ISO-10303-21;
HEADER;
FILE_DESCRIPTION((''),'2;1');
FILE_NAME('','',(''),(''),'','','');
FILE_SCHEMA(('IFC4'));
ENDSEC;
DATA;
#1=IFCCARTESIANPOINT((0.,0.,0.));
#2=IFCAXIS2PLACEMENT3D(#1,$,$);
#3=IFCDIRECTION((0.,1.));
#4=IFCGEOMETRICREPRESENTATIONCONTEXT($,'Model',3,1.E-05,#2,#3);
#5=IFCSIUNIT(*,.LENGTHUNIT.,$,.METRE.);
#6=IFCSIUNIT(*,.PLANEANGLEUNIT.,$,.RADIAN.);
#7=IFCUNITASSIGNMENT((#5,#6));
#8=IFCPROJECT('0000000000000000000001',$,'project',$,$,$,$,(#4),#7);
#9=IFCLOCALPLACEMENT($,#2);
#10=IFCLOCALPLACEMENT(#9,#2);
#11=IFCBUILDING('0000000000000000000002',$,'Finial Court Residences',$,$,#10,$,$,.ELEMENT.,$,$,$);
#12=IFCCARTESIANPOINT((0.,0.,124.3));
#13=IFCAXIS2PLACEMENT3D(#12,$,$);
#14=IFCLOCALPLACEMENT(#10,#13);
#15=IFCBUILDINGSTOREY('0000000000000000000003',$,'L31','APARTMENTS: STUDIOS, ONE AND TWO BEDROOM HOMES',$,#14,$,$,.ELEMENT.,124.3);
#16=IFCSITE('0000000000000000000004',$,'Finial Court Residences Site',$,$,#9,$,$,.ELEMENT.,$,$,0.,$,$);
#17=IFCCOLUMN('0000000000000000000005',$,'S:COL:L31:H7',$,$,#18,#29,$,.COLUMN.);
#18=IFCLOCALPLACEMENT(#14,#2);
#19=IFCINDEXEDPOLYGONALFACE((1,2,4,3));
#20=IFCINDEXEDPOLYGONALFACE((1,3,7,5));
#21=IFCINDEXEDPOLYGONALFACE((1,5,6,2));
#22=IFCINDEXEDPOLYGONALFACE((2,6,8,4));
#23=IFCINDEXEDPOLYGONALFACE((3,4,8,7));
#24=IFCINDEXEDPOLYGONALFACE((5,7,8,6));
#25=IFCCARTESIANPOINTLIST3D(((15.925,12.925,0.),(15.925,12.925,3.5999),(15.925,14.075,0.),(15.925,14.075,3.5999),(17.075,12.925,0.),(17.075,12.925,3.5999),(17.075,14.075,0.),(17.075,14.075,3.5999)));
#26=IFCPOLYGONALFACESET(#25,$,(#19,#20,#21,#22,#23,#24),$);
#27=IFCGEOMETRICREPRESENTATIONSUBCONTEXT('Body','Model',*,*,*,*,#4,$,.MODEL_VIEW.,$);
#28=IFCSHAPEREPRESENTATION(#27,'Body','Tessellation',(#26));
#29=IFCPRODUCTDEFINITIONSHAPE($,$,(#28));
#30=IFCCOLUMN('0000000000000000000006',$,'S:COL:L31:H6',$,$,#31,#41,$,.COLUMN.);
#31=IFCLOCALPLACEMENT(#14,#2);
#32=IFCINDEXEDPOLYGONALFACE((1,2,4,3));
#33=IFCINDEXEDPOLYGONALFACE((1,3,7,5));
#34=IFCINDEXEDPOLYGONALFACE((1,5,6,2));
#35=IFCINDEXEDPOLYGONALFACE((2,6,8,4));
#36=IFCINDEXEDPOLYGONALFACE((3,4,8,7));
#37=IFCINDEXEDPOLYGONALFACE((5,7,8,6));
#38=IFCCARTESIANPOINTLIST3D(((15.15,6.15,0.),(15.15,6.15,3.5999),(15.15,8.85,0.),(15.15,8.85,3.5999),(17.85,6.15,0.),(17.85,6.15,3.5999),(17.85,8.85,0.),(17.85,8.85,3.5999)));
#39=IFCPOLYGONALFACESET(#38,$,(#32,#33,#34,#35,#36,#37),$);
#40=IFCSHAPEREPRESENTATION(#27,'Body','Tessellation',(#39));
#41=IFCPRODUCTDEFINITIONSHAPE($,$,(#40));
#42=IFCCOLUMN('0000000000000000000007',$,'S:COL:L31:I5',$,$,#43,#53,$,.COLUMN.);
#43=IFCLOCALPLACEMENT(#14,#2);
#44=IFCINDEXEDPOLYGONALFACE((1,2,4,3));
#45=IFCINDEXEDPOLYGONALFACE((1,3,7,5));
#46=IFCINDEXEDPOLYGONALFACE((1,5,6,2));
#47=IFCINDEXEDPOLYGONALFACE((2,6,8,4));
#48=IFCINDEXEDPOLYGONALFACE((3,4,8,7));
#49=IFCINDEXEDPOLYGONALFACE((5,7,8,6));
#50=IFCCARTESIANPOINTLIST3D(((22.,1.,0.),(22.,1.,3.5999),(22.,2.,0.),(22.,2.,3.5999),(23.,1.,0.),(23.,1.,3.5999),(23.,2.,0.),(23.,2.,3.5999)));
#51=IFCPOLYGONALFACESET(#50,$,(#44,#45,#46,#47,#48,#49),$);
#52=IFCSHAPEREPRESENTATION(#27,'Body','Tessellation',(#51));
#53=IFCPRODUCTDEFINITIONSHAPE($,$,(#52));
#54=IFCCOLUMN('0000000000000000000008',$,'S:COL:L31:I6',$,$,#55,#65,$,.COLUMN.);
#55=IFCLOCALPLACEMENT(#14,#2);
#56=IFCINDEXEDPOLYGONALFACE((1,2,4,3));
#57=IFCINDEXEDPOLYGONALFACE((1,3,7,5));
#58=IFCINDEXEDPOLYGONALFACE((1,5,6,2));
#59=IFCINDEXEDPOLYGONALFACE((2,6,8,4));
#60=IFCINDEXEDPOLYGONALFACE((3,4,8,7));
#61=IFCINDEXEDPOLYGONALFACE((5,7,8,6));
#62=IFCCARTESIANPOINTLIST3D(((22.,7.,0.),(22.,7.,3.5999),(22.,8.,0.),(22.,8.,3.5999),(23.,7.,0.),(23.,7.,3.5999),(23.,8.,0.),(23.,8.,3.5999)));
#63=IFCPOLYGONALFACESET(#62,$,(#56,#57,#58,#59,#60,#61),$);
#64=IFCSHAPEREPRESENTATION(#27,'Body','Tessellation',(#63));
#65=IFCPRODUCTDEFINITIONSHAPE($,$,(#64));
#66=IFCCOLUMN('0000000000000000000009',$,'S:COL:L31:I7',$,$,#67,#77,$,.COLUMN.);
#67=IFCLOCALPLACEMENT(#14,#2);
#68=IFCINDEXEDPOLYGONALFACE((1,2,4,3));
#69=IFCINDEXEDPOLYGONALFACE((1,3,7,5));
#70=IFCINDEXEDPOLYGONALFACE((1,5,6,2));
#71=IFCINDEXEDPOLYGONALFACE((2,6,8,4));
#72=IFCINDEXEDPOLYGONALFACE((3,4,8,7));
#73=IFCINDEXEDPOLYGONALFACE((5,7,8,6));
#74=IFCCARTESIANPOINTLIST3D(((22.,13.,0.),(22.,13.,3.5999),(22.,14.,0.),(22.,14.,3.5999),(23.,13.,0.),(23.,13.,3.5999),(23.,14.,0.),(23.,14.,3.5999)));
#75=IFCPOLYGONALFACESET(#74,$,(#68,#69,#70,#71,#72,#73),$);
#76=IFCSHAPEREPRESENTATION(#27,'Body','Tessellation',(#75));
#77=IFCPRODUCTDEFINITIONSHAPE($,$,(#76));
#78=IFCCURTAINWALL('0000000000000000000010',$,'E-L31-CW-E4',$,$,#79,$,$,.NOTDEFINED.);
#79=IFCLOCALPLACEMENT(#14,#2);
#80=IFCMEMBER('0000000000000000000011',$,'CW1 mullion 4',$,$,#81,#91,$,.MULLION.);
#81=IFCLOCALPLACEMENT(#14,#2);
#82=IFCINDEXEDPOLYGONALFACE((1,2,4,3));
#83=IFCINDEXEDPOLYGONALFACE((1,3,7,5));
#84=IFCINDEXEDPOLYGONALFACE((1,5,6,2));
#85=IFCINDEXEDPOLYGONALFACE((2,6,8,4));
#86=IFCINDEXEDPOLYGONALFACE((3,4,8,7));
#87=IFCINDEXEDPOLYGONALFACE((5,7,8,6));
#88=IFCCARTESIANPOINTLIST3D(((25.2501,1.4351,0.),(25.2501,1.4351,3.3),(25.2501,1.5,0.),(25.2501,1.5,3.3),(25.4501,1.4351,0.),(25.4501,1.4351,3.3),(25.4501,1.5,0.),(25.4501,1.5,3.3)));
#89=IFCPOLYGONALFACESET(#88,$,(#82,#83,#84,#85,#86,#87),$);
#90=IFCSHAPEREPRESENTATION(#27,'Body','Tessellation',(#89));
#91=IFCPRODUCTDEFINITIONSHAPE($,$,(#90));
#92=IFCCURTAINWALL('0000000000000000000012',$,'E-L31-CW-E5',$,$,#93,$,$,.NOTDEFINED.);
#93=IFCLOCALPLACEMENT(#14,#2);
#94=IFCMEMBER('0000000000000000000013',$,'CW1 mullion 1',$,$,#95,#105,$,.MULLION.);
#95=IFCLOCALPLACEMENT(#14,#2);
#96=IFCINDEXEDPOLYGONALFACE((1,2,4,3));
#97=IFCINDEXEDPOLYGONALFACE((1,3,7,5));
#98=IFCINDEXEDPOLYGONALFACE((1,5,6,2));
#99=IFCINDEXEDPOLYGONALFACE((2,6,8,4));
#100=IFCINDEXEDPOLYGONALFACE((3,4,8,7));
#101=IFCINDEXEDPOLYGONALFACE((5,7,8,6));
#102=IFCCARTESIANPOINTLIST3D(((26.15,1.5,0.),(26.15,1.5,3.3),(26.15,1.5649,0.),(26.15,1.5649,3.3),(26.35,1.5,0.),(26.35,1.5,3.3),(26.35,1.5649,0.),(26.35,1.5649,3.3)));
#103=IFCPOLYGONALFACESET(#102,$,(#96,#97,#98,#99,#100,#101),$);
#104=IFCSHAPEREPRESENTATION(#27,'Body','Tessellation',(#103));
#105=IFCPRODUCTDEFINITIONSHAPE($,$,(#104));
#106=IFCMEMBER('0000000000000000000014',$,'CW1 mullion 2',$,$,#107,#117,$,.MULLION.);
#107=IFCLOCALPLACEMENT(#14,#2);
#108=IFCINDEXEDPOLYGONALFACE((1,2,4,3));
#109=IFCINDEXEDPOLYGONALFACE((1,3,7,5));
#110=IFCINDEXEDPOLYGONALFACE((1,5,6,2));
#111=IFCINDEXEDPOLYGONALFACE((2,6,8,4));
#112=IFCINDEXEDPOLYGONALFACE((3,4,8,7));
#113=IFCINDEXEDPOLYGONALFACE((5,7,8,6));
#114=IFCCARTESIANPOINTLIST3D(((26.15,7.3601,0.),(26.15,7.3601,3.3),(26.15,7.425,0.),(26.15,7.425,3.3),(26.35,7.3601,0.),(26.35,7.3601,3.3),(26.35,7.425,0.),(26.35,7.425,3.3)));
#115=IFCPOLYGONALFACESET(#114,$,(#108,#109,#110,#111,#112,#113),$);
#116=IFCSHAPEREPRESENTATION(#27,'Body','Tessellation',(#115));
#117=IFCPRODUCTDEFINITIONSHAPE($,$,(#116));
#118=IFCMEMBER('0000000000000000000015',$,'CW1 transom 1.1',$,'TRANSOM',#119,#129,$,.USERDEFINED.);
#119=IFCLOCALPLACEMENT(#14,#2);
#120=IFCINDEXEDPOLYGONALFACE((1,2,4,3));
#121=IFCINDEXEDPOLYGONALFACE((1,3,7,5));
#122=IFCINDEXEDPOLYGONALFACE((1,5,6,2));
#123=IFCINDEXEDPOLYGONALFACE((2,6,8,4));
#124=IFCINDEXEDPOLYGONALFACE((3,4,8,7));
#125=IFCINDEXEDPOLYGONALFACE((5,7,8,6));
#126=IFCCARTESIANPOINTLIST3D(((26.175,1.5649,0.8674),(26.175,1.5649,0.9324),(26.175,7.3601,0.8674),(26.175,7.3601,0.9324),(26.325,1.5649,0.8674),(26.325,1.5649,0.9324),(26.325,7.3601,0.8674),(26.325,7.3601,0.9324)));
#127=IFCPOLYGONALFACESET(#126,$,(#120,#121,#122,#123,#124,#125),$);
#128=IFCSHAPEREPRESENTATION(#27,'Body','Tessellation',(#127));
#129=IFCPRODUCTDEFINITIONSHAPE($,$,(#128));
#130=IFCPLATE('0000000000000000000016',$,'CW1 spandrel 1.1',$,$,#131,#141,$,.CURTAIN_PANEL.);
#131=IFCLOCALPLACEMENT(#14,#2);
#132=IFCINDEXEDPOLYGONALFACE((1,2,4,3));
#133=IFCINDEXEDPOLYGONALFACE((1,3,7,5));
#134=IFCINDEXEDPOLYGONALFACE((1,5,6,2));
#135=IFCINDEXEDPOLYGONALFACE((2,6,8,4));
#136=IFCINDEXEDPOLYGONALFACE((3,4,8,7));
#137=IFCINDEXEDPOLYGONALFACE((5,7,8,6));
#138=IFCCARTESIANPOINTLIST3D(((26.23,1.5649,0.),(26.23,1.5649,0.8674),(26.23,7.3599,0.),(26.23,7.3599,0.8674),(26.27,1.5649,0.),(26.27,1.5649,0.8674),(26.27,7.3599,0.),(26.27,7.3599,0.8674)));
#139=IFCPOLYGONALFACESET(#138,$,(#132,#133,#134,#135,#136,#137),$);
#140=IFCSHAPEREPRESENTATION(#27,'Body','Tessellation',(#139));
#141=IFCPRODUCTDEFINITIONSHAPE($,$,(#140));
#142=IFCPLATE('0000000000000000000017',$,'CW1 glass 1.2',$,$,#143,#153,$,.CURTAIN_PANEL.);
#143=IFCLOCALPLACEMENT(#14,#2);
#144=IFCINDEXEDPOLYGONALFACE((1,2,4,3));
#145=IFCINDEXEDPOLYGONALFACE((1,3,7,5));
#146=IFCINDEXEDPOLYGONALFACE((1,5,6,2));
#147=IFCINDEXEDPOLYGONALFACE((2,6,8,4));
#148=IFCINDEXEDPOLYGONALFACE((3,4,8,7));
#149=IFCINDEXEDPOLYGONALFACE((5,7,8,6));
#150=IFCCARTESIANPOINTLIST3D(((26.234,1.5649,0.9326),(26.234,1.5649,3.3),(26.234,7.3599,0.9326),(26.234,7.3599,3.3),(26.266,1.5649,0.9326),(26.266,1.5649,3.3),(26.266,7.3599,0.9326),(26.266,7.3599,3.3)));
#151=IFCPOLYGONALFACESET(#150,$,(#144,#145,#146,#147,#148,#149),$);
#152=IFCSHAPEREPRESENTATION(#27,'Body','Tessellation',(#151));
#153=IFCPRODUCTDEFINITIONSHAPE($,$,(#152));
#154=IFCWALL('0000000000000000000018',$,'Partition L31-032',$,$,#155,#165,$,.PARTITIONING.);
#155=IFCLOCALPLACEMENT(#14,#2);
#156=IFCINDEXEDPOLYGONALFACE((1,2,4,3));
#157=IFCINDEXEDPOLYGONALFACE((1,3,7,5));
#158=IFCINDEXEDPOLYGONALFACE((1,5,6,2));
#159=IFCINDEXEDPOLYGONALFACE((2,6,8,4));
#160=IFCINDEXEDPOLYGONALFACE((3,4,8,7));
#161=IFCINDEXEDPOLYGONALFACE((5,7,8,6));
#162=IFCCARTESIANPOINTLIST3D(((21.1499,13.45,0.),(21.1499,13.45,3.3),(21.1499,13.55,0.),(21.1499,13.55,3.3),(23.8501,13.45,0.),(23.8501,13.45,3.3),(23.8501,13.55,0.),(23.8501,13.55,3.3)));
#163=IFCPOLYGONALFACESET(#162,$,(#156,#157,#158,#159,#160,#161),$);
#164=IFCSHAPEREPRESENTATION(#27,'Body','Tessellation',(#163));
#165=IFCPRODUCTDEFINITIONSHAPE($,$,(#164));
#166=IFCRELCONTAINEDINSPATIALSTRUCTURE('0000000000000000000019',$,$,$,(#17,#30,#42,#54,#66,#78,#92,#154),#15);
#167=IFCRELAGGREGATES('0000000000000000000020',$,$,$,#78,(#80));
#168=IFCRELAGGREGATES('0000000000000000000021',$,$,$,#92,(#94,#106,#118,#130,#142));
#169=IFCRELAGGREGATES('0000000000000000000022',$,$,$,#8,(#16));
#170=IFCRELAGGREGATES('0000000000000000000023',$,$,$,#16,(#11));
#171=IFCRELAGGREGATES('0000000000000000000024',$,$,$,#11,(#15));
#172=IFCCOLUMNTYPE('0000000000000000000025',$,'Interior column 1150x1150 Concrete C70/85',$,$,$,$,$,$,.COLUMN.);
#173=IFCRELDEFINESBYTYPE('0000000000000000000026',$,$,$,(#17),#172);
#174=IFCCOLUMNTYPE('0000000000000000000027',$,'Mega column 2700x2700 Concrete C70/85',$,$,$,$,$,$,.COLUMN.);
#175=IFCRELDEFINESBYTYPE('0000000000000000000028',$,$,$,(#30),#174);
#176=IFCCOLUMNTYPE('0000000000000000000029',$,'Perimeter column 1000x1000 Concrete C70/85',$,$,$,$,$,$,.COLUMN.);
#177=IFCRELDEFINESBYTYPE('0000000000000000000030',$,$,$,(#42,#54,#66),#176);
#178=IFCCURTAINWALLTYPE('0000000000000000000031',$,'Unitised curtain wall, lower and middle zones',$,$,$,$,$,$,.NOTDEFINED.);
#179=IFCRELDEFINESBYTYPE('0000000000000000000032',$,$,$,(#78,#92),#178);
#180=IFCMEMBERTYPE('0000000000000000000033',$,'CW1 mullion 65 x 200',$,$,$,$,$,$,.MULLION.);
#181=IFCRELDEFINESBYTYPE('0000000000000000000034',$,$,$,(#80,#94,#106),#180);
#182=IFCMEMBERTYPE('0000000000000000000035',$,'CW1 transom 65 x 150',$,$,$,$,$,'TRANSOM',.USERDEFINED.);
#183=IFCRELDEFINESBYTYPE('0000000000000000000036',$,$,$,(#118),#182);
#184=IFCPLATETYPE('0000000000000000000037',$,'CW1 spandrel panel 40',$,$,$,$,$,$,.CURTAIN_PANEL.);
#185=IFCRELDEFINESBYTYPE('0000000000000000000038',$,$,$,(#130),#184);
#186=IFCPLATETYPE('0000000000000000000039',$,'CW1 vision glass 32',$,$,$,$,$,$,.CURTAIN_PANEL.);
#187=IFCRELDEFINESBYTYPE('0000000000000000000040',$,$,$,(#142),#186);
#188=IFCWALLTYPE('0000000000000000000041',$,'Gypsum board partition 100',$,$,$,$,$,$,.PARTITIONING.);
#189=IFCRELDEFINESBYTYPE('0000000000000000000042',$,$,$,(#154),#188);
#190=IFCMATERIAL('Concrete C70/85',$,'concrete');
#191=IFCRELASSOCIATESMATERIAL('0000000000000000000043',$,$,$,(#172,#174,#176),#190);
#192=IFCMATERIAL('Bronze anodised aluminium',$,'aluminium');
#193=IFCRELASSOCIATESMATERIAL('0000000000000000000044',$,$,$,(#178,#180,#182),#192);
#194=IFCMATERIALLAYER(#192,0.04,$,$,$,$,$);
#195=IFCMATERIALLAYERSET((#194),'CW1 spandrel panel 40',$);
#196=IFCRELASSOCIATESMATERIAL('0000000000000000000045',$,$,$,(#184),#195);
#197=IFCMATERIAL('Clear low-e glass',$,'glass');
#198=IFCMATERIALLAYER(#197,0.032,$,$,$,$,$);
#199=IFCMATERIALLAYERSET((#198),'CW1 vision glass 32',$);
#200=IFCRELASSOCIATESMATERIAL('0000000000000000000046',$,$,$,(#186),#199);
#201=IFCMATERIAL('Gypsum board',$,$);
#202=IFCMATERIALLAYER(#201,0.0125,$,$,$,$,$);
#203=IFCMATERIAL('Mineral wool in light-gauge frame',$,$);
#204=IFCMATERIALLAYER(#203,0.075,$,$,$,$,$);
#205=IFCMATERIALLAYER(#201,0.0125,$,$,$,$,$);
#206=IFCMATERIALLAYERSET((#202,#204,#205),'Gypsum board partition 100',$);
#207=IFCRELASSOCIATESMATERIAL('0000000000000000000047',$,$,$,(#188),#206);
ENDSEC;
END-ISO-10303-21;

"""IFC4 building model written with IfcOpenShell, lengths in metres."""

from ifc_helpers import new_model, si_unit, direction, frame, frame_2d, origin, origin_2d, place, context, subcontext, project, spatial, rectangle, extrude, material, layer, layer_set, material_profile, profile_set, type_object, element, aggregate, save


model = new_model("IFC4")

# Units and contexts
model_context = context("Model", 3, precision=1e-05, world=origin(), true_north=direction((0.0, 1.0)))
body_context = subcontext(model_context, "Body", "Model", "MODEL_VIEW")
ifc_project = project(units=[si_unit("LENGTHUNIT", "METRE"), si_unit("PLANEANGLEUNIT", "RADIAN")], contexts=[model_context])

# Site, building, storey
site_placement = place(None, origin())
site = spatial("IfcSite", under=ifc_project, at=site_placement, Name="Finial Court Residences Site", CompositionType="ELEMENT", RefElevation=0.0)
building_placement = place(site_placement, origin())
building = spatial("IfcBuilding", under=site, at=building_placement, Name="Finial Court Residences", CompositionType="ELEMENT")
storey_placement = place(building_placement, frame((0.0, 0.0, 124.3)))
storey = spatial("IfcBuildingStorey", under=building, at=storey_placement, Name="L31", Description="APARTMENTS: STUDIOS, ONE AND TWO BEDROOM HOMES", CompositionType="ELEMENT", Elevation=124.3)

# Columns
ifc_material_1 = material(Name="Concrete C70/85", Category="concrete")
ifc_material_profile_1 = material_profile(ifc_material_1, rectangle(XDim=1.1499, YDim=1.1499, at=origin_2d()), Name="1150x1150")
ifc_profile_set_1 = profile_set([ifc_material_profile_1], Name="Concrete C70/85")
column_type_1 = type_object("IfcColumnType", Name="Interior column 1150x1150 Concrete C70/85", PredefinedType="COLUMN", material=ifc_profile_set_1)
column_1_placement = place(storey_placement, frame((16.5, 13.5, 0.0), z_axis=(0.0, 0.0, 1.0), x_axis=(1.0, 0.0, 0.0)))
element("IfcColumn", 1, at=column_1_placement, inside=storey, type_object=column_type_1, Name="S:COL:L31:H7", PredefinedType="COLUMN", context=body_context, shape_type="SweptSolid", body=[
    extrude(rectangle(XDim=1.1499, YDim=1.1499, at=origin_2d()), origin(), (0.0, 0.0, 1.0), 3.5999),
])
ifc_material_profile_2 = material_profile(ifc_material_1, rectangle(XDim=2.7, YDim=2.7, at=origin_2d()), Name="2700x2700")
ifc_profile_set_2 = profile_set([ifc_material_profile_2], Name="Concrete C70/85")
column_type_2 = type_object("IfcColumnType", Name="Mega column 2700x2700 Concrete C70/85", PredefinedType="COLUMN", material=ifc_profile_set_2)
column_2_placement = place(storey_placement, frame((16.5, 7.5, 0.0), z_axis=(0.0, 0.0, 1.0), x_axis=(1.0, 0.0, 0.0)))
element("IfcColumn", 2, at=column_2_placement, inside=storey, type_object=column_type_2, Name="S:COL:L31:H6", PredefinedType="COLUMN", context=body_context, shape_type="SweptSolid", body=[
    extrude(rectangle(XDim=2.7, YDim=2.7, at=origin_2d()), origin(), (0.0, 0.0, 1.0), 3.5999),
])
ifc_material_profile_3 = material_profile(ifc_material_1, rectangle(XDim=1.0, YDim=1.0, at=origin_2d()), Name="1000x1000")
ifc_profile_set_3 = profile_set([ifc_material_profile_3], Name="Concrete C70/85")
column_type_3 = type_object("IfcColumnType", Name="Perimeter column 1000x1000 Concrete C70/85", PredefinedType="COLUMN", material=ifc_profile_set_3)
for number, where, z_axis, x_axis, name in (
    (3, (22.5, 1.5, 0.0), (0.0, 0.0, 1.0), (1.0, 0.0, 0.0), "S:COL:L31:I5"),
    (4, (22.5, 7.5, 0.0), (0.0, 0.0, 1.0), (1.0, 0.0, 0.0), "S:COL:L31:I6"),
    (5, (22.5, 13.5, 0.0), (0.0, 0.0, 1.0), (1.0, 0.0, 0.0), "S:COL:L31:I7"),
):
    element("IfcColumn", number, at=place(storey_placement, frame(where, z_axis=z_axis, x_axis=x_axis)), inside=storey, type_object=column_type_3, Name=name, PredefinedType="COLUMN", context=body_context, shape_type="SweptSolid", body=[
        extrude(rectangle(XDim=1.0, YDim=1.0, at=origin_2d()), origin(), (0.0, 0.0, 1.0), 3.5999),
    ])

# Curtain wall, member
ifc_material_2 = material(Name="Bronze anodised aluminium", Category="aluminium")
curtain_wall_type = type_object("IfcCurtainWallType", Name="Unitised curtain wall, lower and middle zones", PredefinedType="NOTDEFINED", material=ifc_material_2)
curtain_wall_1_placement = place(storey_placement, origin())
curtain_wall_1 = element("IfcCurtainWall", 6, at=curtain_wall_1_placement, inside=storey, type_object=curtain_wall_type, Name="E-L31-CW-E4", PredefinedType="NOTDEFINED")
ifc_material_profile_4 = material_profile(ifc_material_2, rectangle(XDim=0.2, YDim=0.0649, at=origin_2d()), Name="CW1 mullion 65 x 200")
ifc_profile_set_4 = profile_set([ifc_material_profile_4], Name="Bronze anodised aluminium")
member_type_1 = type_object("IfcMemberType", Name="CW1 mullion 65 x 200", PredefinedType="MULLION", material=ifc_profile_set_4)
member_1_placement = place(storey_placement, frame((25.3501, 1.4675, 0.0), z_axis=(0.0, 0.0, 1.0), x_axis=(-1.0, 0.0, 0.0)))
member_1 = element("IfcMember", 7, at=member_1_placement, type_object=member_type_1, Name="CW1 mullion 4", PredefinedType="MULLION", context=body_context, shape_type="SweptSolid", body=[
    extrude(rectangle(XDim=0.2, YDim=0.0649, at=origin_2d()), origin(), (0.0, 0.0, 1.0), 3.3),
])
aggregate(curtain_wall_1, [member_1])

# Curtain wall, members, plates
curtain_wall_2_placement = place(storey_placement, origin())
curtain_wall_2 = element("IfcCurtainWall", 8, at=curtain_wall_2_placement, inside=storey, type_object=curtain_wall_type, Name="E-L31-CW-E5", PredefinedType="NOTDEFINED")
member_2_placement = place(storey_placement, frame((26.25, 1.5325, 0.0), z_axis=(0.0, 0.0, 1.0), x_axis=(-1.0, 0.0, 0.0)))
member_2 = element("IfcMember", 9, at=member_2_placement, type_object=member_type_1, Name="CW1 mullion 1", PredefinedType="MULLION", context=body_context, shape_type="SweptSolid", body=[
    extrude(rectangle(XDim=0.2, YDim=0.0649, at=origin_2d()), origin(), (0.0, 0.0, 1.0), 3.3),
])
member_3_placement = place(storey_placement, frame((26.25, 7.3926, 0.0), z_axis=(0.0, 0.0, 1.0), x_axis=(-1.0, 0.0, 0.0)))
member_3 = element("IfcMember", 10, at=member_3_placement, type_object=member_type_1, Name="CW1 mullion 2", PredefinedType="MULLION", context=body_context, shape_type="SweptSolid", body=[
    extrude(rectangle(XDim=0.2, YDim=0.0649, at=origin_2d()), origin(), (0.0, 0.0, 1.0), 3.3),
])
ifc_material_profile_5 = material_profile(ifc_material_2, rectangle(XDim=0.1499, YDim=0.0649, at=origin_2d()), Name="CW1 transom 65 x 150")
ifc_profile_set_5 = profile_set([ifc_material_profile_5], Name="Bronze anodised aluminium")
member_type_2 = type_object("IfcMemberType", Name="CW1 transom 65 x 150", ElementType="TRANSOM", PredefinedType="USERDEFINED", material=ifc_profile_set_5)
member_4_placement = place(storey_placement, frame((26.25, 1.5649, 0.8999), z_axis=(0.0, 1.0, 0.0), x_axis=(-1.0, 0.0, 0.0)))
member_4 = element("IfcMember", 11, at=member_4_placement, type_object=member_type_2, Name="CW1 transom 1.1", ObjectType="TRANSOM", PredefinedType="USERDEFINED", context=body_context, shape_type="SweptSolid", body=[
    extrude(rectangle(XDim=0.1499, YDim=0.0649, at=origin_2d()), origin(), (0.0, 0.0, 1.0), 5.7952),
])
ifc_layer_1 = layer(ifc_material_2, 0.04)
ifc_layer_set_1 = layer_set([ifc_layer_1], Name="CW1 spandrel panel 40")
plate_type_1 = type_object("IfcPlateType", Name="CW1 spandrel panel 40", PredefinedType="CURTAIN_PANEL", material=ifc_layer_set_1)
plate_1_placement = place(storey_placement, frame((26.25, 4.4624, 0.0), z_axis=(0.0, 0.0, 1.0), x_axis=(0.0, 1.0, 0.0)))
plate_1 = element("IfcPlate", 12, at=plate_1_placement, type_object=plate_type_1, Name="CW1 spandrel 1.1", PredefinedType="CURTAIN_PANEL", context=body_context, shape_type="SweptSolid", body=[
    extrude(rectangle(XDim=5.7949, YDim=0.04, at=origin_2d()), origin(), (0.0, 0.0, 1.0), 0.8674),
])
ifc_material_3 = material(Name="Clear low-e glass", Category="glass")
ifc_layer_2 = layer(ifc_material_3, 0.032)
ifc_layer_set_2 = layer_set([ifc_layer_2], Name="CW1 vision glass 32")
plate_type_2 = type_object("IfcPlateType", Name="CW1 vision glass 32", PredefinedType="CURTAIN_PANEL", material=ifc_layer_set_2)
plate_2_placement = place(storey_placement, frame((26.25, 4.4624, 0.9326), z_axis=(0.0, 0.0, 1.0), x_axis=(0.0, 1.0, 0.0)))
plate_2 = element("IfcPlate", 13, at=plate_2_placement, type_object=plate_type_2, Name="CW1 glass 1.2", PredefinedType="CURTAIN_PANEL", context=body_context, shape_type="SweptSolid", body=[
    extrude(rectangle(XDim=5.7949, YDim=0.032, at=origin_2d()), origin(), (0.0, 0.0, 1.0), 2.3674),
])
aggregate(curtain_wall_2, [member_2, member_3, member_4, plate_1, plate_2])

# Wall
ifc_material_4 = material(Name="Gypsum board")
ifc_layer_3 = layer(ifc_material_4, 0.0125)
ifc_material_5 = material(Name="Mineral wool in light-gauge frame")
ifc_layer_4 = layer(ifc_material_5, 0.075)
ifc_layer_5 = layer(ifc_material_4, 0.0125)
ifc_layer_set_3 = layer_set([ifc_layer_3, ifc_layer_4, ifc_layer_5], Name="Gypsum board partition 100")
wall_type_1 = type_object("IfcWallType", Name="Gypsum board partition 100", PredefinedType="PARTITIONING", material=ifc_layer_set_3)
wall_1_placement = place(storey_placement, frame((21.1499, 13.5, 0.0), z_axis=(0.0, 0.0, 1.0), x_axis=(1.0, 0.0, 0.0)))
element("IfcWall", 14, at=wall_1_placement, inside=storey, type_object=wall_type_1, Name="Partition L31-032", PredefinedType="PARTITIONING", context=body_context, shape_type="SweptSolid", body=[
    extrude(rectangle(XDim=2.7002, YDim=0.1001, at=frame_2d((1.3501, 0.0))), origin(), (0.0, 0.0, 1.0), 3.3),
])

save(model, "model.ifc")
